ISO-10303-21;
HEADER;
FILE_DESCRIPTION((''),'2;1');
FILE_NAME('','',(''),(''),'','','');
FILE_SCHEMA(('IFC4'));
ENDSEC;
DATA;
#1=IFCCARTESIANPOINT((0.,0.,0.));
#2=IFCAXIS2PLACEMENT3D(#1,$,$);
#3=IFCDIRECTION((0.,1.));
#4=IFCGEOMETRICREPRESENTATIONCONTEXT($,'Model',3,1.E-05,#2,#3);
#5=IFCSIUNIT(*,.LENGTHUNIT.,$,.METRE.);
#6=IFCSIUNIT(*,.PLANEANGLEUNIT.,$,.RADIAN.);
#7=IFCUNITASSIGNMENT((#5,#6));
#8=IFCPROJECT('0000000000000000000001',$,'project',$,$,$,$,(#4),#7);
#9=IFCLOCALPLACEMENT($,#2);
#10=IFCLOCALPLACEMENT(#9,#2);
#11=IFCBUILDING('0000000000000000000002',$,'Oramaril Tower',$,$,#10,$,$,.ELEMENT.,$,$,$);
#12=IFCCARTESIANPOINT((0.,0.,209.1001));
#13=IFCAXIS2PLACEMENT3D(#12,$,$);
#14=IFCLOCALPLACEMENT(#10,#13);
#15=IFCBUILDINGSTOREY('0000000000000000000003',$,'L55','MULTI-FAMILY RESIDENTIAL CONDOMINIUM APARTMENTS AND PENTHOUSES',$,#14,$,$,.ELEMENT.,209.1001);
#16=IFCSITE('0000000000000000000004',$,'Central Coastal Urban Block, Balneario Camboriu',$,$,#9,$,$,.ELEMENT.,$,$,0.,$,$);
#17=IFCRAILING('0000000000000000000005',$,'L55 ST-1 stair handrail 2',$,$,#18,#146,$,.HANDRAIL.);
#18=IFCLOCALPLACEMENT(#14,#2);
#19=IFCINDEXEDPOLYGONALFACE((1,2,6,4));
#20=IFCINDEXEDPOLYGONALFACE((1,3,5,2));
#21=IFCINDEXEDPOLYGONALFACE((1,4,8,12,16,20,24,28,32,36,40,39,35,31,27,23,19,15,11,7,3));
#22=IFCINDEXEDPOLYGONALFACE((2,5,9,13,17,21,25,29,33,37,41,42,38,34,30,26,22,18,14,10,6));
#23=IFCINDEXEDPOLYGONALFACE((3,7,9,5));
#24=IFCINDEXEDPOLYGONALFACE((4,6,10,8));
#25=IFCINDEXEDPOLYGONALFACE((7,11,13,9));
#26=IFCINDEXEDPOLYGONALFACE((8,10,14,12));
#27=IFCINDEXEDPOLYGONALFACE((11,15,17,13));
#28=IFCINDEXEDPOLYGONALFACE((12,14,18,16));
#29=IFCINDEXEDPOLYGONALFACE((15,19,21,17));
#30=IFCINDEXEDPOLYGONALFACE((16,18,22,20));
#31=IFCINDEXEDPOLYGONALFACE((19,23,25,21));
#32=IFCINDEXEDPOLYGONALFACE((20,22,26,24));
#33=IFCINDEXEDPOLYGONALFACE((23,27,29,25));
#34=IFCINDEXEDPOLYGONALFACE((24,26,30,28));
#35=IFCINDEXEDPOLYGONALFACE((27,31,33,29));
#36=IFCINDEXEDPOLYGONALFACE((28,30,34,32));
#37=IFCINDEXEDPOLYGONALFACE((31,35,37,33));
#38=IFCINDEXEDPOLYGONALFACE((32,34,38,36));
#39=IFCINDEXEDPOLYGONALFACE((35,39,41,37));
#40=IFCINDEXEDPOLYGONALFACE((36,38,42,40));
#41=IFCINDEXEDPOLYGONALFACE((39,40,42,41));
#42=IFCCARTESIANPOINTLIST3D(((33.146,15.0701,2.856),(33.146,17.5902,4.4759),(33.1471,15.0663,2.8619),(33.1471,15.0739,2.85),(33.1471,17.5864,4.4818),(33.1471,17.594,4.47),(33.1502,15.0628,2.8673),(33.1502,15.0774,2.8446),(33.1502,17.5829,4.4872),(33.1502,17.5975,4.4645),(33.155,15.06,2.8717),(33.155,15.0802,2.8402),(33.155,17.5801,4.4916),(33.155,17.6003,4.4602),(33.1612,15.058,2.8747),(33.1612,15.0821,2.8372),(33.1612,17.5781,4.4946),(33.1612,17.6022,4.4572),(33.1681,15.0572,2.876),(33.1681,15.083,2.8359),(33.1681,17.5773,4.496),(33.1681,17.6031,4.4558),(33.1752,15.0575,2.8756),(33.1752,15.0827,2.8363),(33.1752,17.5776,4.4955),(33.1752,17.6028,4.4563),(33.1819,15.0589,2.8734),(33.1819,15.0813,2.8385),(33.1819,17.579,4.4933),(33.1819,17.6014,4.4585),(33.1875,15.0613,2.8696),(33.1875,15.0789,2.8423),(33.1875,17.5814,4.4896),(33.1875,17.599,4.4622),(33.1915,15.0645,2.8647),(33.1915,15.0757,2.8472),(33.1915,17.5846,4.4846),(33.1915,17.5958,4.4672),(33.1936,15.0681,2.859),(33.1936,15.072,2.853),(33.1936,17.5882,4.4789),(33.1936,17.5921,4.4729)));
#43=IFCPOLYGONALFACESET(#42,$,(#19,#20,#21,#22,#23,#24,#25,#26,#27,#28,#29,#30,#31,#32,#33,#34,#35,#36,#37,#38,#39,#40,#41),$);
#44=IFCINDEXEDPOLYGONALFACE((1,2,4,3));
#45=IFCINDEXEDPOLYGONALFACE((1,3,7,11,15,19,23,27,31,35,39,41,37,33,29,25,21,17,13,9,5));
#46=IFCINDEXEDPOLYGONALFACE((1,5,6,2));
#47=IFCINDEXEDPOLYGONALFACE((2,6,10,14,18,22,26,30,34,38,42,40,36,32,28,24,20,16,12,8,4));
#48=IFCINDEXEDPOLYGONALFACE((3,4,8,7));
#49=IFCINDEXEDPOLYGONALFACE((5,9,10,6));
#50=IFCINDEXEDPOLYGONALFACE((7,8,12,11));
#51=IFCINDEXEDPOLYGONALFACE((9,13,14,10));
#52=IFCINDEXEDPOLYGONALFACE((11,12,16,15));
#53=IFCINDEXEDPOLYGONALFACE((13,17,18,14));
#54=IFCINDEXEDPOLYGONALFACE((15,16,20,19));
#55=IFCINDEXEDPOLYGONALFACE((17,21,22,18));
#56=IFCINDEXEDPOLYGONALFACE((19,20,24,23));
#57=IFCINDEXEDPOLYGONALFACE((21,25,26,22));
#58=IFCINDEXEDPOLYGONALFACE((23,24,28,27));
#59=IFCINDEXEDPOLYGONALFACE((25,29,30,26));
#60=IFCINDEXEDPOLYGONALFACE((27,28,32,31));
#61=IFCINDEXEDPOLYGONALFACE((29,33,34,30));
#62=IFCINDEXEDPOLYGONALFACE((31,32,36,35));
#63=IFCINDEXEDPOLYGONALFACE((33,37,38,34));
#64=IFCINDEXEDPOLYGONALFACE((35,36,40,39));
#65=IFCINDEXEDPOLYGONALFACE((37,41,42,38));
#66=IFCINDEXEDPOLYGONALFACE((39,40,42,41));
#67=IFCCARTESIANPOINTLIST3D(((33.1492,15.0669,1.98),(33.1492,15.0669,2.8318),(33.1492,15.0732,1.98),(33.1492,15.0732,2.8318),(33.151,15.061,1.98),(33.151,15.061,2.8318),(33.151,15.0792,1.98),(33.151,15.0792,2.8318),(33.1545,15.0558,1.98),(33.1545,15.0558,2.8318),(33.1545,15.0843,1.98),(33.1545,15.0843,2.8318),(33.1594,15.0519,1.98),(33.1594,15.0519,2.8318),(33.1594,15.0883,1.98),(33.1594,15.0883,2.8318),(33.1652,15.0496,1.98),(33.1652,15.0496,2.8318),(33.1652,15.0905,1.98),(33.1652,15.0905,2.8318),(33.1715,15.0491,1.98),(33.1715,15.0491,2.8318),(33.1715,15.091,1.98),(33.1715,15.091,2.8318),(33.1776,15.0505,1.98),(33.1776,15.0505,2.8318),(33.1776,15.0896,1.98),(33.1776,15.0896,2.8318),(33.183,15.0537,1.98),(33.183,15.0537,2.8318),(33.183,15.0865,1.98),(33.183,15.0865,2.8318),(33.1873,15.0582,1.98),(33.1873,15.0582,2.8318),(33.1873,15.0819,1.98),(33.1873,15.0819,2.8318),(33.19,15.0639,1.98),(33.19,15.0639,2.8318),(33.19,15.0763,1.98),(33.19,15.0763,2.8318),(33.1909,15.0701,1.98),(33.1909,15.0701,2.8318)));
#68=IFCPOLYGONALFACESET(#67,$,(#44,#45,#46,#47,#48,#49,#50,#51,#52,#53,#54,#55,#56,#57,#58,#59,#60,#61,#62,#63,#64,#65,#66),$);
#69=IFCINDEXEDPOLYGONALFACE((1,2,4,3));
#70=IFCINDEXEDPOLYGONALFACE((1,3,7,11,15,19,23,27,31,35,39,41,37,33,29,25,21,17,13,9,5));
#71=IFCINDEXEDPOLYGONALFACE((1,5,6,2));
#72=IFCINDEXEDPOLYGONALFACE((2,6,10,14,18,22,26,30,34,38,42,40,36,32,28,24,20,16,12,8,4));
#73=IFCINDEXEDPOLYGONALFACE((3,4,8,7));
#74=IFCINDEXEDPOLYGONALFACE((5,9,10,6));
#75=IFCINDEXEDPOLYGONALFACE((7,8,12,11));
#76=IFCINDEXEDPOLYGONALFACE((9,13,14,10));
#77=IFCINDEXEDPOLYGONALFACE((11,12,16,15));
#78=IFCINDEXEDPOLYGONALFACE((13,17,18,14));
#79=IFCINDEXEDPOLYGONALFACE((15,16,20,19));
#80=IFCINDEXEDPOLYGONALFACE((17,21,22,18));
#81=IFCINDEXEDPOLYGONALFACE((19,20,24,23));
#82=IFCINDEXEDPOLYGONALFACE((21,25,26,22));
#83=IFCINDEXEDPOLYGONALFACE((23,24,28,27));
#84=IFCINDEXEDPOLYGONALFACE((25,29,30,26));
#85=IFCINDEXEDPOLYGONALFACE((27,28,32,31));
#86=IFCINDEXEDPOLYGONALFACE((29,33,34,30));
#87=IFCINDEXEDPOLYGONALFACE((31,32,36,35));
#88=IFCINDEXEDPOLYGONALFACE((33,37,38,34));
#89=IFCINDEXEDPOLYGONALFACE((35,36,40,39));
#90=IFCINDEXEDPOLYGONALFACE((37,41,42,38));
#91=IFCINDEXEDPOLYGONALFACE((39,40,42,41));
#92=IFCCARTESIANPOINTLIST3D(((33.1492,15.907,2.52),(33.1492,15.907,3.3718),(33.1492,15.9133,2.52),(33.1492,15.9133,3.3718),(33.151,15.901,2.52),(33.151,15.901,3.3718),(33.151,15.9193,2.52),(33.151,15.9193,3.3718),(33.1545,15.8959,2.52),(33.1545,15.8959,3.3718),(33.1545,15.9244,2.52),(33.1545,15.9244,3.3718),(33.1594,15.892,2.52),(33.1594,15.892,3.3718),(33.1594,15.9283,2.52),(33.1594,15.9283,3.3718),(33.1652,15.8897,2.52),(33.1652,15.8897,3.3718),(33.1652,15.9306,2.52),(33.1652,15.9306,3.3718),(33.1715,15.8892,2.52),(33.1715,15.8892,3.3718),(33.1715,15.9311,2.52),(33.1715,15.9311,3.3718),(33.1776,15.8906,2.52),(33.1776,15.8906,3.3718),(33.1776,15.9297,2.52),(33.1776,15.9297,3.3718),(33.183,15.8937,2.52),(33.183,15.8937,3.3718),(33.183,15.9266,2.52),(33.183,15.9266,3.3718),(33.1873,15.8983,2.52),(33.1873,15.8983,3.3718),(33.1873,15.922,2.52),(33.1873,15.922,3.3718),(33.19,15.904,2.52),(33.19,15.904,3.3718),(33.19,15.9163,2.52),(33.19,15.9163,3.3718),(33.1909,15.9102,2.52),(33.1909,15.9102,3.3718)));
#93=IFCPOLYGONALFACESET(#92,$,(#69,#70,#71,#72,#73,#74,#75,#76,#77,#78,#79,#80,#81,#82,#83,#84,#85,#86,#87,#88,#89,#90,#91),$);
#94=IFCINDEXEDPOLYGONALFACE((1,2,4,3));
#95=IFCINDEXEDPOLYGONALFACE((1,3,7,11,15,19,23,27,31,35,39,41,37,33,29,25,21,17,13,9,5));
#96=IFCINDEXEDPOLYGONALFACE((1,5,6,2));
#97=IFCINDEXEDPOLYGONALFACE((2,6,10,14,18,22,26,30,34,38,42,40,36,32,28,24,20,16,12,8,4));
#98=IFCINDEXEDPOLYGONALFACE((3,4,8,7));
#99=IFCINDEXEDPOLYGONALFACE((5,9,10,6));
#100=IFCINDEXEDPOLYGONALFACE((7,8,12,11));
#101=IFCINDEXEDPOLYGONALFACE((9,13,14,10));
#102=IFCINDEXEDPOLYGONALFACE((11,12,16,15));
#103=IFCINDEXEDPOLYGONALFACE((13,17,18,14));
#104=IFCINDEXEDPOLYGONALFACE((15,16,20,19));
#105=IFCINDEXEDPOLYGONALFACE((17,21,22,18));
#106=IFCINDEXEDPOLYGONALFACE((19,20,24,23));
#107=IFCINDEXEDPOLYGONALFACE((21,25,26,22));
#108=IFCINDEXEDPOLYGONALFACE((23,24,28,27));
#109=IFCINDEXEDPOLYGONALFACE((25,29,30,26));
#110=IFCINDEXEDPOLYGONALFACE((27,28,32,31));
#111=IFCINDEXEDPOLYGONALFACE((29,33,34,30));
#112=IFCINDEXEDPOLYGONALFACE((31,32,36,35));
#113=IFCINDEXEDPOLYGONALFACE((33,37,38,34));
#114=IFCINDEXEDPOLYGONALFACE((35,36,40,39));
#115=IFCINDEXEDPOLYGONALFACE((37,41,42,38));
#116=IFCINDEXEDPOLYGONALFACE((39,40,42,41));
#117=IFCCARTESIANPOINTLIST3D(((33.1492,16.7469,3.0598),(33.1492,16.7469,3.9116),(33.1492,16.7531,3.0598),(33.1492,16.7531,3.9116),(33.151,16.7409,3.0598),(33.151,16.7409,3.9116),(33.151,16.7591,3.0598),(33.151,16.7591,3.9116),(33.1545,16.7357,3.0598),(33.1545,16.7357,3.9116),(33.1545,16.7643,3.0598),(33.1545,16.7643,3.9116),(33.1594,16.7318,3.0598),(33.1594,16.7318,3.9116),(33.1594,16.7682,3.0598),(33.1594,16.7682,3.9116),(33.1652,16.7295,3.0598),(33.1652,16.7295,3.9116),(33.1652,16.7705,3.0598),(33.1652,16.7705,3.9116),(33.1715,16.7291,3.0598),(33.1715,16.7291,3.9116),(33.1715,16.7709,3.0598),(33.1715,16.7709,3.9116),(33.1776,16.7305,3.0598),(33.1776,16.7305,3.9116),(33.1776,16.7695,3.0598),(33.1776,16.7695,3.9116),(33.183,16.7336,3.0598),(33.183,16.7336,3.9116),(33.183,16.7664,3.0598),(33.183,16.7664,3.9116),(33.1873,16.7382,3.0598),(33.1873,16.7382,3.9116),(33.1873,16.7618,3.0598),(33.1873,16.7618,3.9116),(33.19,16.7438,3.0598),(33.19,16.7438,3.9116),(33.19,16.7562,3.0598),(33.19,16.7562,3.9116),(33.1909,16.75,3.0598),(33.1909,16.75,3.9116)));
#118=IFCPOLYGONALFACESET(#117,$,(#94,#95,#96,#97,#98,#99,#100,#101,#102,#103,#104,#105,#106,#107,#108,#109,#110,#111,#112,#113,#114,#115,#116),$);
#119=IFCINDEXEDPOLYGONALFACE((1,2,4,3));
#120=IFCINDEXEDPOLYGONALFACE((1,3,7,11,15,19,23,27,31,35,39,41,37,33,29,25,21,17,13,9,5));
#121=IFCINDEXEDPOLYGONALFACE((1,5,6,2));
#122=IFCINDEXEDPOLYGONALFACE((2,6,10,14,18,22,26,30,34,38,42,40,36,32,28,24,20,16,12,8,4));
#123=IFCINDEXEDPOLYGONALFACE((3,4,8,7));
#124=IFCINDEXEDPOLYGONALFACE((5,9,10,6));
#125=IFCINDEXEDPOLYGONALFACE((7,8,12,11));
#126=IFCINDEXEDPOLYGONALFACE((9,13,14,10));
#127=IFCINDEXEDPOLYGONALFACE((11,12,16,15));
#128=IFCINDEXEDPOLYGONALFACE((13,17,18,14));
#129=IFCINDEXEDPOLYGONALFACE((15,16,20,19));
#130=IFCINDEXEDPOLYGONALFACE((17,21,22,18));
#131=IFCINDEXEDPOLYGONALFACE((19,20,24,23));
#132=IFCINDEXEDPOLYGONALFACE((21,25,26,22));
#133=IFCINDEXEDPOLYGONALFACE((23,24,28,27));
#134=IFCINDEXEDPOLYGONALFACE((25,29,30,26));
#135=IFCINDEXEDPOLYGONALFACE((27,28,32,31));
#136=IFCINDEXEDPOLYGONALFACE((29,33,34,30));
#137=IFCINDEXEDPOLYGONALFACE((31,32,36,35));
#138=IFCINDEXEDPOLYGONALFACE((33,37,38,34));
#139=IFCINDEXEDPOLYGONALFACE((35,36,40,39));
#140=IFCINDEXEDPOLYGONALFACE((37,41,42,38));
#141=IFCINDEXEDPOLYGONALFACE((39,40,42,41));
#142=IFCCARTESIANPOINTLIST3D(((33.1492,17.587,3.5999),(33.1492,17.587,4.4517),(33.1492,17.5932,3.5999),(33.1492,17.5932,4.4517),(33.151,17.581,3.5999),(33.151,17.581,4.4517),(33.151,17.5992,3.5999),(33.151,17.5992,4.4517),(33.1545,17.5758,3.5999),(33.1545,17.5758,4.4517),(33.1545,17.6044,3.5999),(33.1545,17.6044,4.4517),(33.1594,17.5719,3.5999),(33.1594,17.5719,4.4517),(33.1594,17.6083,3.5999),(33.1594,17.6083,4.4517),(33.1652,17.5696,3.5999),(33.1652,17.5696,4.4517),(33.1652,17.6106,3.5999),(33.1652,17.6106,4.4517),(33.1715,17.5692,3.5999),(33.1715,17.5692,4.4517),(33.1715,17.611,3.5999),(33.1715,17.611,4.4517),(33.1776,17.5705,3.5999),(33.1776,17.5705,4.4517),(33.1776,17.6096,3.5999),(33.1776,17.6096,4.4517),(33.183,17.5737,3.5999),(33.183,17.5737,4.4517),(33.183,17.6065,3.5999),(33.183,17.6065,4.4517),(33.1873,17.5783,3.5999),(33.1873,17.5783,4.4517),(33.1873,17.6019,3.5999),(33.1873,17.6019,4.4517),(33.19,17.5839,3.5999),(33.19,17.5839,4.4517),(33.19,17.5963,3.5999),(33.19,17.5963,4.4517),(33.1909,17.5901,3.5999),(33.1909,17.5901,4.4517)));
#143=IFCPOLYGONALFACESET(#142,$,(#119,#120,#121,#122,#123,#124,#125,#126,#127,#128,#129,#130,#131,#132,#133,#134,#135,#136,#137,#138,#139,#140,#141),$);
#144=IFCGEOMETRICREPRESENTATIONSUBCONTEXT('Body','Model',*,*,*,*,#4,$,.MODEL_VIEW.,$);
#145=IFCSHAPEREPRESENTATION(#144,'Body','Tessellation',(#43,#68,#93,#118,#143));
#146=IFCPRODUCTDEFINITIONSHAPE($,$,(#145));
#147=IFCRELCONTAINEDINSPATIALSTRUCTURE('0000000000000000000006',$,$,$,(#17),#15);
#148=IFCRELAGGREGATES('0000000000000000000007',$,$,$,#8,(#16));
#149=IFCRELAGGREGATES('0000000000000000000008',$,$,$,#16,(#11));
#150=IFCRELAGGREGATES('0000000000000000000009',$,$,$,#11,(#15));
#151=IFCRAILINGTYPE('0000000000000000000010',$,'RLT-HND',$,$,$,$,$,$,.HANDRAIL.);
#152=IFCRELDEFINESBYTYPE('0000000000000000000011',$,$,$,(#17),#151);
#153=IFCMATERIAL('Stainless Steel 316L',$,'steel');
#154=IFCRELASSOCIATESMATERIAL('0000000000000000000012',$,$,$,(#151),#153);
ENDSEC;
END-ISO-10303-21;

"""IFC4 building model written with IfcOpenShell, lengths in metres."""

from ifc_helpers import new_model, si_unit, direction, frame, origin, origin_2d, place, context, subcontext, project, spatial, circle, extrude, material, type_object, element, save


model = new_model("IFC4")

# Units and contexts
model_context = context("Model", 3, precision=1e-05, world=origin(), true_north=direction((0.0, 1.0)))
body_context = subcontext(model_context, "Body", "Model", "MODEL_VIEW")
ifc_project = project(units=[si_unit("LENGTHUNIT", "METRE"), si_unit("PLANEANGLEUNIT", "RADIAN")], contexts=[model_context])

# Site, building, storey
site_placement = place(None, origin())
site = spatial("IfcSite", under=ifc_project, at=site_placement, Name="Central Coastal Urban Block, Balneario Camboriu", CompositionType="ELEMENT", RefElevation=0.0)
building_placement = place(site_placement, origin())
building = spatial("IfcBuilding", under=site, at=building_placement, Name="Oramaril Tower", CompositionType="ELEMENT")
storey_placement = place(building_placement, frame((0.0, 0.0, 209.1001)))
storey = spatial("IfcBuildingStorey", under=building, at=storey_placement, Name="L55", Description="MULTI-FAMILY RESIDENTIAL CONDOMINIUM APARTMENTS AND PENTHOUSES", CompositionType="ELEMENT", Elevation=209.1001)

# Railing
ifc_material_1 = material(Name="Stainless Steel 316L", Category="steel")
railing_type_1 = type_object("IfcRailingType", Name="RLT-HND", PredefinedType="HANDRAIL", material=ifc_material_1)
railing_1_placement = place(storey_placement, frame((33.1699, 15.0701, 1.98)))
element("IfcRailing", 1, at=railing_1_placement, inside=storey, type_object=railing_type_1, Name="L55 ST-1 stair handrail 2", PredefinedType="HANDRAIL", context=body_context, shape_type="SweptSolid", body=[
    extrude(circle(Radius=0.0239, at=origin_2d()), frame((0.0, 0.0, 0.876), z_axis=(0.0, 0.8412, 0.540725), x_axis=(-1.0, 0.0, 0.0)), (0.0, 0.0, 1.0), 2.9958),
    extrude(circle(Radius=0.021, at=origin_2d()), origin(), (0.0, 0.0, 1.0), 0.8518),
    extrude(circle(Radius=0.021, at=origin_2d()), frame((0.0, 0.8401, 0.54)), (0.0, 0.0, 1.0), 0.8518),
    extrude(circle(Radius=0.021, at=origin_2d()), frame((0.0, 1.6799, 1.0798)), (0.0, 0.0, 1.0), 0.8518),
    extrude(circle(Radius=0.021, at=origin_2d()), frame((0.0, 2.52, 1.6199)), (0.0, 0.0, 1.0), 0.8518),
])

save(model, "model.ifc")
